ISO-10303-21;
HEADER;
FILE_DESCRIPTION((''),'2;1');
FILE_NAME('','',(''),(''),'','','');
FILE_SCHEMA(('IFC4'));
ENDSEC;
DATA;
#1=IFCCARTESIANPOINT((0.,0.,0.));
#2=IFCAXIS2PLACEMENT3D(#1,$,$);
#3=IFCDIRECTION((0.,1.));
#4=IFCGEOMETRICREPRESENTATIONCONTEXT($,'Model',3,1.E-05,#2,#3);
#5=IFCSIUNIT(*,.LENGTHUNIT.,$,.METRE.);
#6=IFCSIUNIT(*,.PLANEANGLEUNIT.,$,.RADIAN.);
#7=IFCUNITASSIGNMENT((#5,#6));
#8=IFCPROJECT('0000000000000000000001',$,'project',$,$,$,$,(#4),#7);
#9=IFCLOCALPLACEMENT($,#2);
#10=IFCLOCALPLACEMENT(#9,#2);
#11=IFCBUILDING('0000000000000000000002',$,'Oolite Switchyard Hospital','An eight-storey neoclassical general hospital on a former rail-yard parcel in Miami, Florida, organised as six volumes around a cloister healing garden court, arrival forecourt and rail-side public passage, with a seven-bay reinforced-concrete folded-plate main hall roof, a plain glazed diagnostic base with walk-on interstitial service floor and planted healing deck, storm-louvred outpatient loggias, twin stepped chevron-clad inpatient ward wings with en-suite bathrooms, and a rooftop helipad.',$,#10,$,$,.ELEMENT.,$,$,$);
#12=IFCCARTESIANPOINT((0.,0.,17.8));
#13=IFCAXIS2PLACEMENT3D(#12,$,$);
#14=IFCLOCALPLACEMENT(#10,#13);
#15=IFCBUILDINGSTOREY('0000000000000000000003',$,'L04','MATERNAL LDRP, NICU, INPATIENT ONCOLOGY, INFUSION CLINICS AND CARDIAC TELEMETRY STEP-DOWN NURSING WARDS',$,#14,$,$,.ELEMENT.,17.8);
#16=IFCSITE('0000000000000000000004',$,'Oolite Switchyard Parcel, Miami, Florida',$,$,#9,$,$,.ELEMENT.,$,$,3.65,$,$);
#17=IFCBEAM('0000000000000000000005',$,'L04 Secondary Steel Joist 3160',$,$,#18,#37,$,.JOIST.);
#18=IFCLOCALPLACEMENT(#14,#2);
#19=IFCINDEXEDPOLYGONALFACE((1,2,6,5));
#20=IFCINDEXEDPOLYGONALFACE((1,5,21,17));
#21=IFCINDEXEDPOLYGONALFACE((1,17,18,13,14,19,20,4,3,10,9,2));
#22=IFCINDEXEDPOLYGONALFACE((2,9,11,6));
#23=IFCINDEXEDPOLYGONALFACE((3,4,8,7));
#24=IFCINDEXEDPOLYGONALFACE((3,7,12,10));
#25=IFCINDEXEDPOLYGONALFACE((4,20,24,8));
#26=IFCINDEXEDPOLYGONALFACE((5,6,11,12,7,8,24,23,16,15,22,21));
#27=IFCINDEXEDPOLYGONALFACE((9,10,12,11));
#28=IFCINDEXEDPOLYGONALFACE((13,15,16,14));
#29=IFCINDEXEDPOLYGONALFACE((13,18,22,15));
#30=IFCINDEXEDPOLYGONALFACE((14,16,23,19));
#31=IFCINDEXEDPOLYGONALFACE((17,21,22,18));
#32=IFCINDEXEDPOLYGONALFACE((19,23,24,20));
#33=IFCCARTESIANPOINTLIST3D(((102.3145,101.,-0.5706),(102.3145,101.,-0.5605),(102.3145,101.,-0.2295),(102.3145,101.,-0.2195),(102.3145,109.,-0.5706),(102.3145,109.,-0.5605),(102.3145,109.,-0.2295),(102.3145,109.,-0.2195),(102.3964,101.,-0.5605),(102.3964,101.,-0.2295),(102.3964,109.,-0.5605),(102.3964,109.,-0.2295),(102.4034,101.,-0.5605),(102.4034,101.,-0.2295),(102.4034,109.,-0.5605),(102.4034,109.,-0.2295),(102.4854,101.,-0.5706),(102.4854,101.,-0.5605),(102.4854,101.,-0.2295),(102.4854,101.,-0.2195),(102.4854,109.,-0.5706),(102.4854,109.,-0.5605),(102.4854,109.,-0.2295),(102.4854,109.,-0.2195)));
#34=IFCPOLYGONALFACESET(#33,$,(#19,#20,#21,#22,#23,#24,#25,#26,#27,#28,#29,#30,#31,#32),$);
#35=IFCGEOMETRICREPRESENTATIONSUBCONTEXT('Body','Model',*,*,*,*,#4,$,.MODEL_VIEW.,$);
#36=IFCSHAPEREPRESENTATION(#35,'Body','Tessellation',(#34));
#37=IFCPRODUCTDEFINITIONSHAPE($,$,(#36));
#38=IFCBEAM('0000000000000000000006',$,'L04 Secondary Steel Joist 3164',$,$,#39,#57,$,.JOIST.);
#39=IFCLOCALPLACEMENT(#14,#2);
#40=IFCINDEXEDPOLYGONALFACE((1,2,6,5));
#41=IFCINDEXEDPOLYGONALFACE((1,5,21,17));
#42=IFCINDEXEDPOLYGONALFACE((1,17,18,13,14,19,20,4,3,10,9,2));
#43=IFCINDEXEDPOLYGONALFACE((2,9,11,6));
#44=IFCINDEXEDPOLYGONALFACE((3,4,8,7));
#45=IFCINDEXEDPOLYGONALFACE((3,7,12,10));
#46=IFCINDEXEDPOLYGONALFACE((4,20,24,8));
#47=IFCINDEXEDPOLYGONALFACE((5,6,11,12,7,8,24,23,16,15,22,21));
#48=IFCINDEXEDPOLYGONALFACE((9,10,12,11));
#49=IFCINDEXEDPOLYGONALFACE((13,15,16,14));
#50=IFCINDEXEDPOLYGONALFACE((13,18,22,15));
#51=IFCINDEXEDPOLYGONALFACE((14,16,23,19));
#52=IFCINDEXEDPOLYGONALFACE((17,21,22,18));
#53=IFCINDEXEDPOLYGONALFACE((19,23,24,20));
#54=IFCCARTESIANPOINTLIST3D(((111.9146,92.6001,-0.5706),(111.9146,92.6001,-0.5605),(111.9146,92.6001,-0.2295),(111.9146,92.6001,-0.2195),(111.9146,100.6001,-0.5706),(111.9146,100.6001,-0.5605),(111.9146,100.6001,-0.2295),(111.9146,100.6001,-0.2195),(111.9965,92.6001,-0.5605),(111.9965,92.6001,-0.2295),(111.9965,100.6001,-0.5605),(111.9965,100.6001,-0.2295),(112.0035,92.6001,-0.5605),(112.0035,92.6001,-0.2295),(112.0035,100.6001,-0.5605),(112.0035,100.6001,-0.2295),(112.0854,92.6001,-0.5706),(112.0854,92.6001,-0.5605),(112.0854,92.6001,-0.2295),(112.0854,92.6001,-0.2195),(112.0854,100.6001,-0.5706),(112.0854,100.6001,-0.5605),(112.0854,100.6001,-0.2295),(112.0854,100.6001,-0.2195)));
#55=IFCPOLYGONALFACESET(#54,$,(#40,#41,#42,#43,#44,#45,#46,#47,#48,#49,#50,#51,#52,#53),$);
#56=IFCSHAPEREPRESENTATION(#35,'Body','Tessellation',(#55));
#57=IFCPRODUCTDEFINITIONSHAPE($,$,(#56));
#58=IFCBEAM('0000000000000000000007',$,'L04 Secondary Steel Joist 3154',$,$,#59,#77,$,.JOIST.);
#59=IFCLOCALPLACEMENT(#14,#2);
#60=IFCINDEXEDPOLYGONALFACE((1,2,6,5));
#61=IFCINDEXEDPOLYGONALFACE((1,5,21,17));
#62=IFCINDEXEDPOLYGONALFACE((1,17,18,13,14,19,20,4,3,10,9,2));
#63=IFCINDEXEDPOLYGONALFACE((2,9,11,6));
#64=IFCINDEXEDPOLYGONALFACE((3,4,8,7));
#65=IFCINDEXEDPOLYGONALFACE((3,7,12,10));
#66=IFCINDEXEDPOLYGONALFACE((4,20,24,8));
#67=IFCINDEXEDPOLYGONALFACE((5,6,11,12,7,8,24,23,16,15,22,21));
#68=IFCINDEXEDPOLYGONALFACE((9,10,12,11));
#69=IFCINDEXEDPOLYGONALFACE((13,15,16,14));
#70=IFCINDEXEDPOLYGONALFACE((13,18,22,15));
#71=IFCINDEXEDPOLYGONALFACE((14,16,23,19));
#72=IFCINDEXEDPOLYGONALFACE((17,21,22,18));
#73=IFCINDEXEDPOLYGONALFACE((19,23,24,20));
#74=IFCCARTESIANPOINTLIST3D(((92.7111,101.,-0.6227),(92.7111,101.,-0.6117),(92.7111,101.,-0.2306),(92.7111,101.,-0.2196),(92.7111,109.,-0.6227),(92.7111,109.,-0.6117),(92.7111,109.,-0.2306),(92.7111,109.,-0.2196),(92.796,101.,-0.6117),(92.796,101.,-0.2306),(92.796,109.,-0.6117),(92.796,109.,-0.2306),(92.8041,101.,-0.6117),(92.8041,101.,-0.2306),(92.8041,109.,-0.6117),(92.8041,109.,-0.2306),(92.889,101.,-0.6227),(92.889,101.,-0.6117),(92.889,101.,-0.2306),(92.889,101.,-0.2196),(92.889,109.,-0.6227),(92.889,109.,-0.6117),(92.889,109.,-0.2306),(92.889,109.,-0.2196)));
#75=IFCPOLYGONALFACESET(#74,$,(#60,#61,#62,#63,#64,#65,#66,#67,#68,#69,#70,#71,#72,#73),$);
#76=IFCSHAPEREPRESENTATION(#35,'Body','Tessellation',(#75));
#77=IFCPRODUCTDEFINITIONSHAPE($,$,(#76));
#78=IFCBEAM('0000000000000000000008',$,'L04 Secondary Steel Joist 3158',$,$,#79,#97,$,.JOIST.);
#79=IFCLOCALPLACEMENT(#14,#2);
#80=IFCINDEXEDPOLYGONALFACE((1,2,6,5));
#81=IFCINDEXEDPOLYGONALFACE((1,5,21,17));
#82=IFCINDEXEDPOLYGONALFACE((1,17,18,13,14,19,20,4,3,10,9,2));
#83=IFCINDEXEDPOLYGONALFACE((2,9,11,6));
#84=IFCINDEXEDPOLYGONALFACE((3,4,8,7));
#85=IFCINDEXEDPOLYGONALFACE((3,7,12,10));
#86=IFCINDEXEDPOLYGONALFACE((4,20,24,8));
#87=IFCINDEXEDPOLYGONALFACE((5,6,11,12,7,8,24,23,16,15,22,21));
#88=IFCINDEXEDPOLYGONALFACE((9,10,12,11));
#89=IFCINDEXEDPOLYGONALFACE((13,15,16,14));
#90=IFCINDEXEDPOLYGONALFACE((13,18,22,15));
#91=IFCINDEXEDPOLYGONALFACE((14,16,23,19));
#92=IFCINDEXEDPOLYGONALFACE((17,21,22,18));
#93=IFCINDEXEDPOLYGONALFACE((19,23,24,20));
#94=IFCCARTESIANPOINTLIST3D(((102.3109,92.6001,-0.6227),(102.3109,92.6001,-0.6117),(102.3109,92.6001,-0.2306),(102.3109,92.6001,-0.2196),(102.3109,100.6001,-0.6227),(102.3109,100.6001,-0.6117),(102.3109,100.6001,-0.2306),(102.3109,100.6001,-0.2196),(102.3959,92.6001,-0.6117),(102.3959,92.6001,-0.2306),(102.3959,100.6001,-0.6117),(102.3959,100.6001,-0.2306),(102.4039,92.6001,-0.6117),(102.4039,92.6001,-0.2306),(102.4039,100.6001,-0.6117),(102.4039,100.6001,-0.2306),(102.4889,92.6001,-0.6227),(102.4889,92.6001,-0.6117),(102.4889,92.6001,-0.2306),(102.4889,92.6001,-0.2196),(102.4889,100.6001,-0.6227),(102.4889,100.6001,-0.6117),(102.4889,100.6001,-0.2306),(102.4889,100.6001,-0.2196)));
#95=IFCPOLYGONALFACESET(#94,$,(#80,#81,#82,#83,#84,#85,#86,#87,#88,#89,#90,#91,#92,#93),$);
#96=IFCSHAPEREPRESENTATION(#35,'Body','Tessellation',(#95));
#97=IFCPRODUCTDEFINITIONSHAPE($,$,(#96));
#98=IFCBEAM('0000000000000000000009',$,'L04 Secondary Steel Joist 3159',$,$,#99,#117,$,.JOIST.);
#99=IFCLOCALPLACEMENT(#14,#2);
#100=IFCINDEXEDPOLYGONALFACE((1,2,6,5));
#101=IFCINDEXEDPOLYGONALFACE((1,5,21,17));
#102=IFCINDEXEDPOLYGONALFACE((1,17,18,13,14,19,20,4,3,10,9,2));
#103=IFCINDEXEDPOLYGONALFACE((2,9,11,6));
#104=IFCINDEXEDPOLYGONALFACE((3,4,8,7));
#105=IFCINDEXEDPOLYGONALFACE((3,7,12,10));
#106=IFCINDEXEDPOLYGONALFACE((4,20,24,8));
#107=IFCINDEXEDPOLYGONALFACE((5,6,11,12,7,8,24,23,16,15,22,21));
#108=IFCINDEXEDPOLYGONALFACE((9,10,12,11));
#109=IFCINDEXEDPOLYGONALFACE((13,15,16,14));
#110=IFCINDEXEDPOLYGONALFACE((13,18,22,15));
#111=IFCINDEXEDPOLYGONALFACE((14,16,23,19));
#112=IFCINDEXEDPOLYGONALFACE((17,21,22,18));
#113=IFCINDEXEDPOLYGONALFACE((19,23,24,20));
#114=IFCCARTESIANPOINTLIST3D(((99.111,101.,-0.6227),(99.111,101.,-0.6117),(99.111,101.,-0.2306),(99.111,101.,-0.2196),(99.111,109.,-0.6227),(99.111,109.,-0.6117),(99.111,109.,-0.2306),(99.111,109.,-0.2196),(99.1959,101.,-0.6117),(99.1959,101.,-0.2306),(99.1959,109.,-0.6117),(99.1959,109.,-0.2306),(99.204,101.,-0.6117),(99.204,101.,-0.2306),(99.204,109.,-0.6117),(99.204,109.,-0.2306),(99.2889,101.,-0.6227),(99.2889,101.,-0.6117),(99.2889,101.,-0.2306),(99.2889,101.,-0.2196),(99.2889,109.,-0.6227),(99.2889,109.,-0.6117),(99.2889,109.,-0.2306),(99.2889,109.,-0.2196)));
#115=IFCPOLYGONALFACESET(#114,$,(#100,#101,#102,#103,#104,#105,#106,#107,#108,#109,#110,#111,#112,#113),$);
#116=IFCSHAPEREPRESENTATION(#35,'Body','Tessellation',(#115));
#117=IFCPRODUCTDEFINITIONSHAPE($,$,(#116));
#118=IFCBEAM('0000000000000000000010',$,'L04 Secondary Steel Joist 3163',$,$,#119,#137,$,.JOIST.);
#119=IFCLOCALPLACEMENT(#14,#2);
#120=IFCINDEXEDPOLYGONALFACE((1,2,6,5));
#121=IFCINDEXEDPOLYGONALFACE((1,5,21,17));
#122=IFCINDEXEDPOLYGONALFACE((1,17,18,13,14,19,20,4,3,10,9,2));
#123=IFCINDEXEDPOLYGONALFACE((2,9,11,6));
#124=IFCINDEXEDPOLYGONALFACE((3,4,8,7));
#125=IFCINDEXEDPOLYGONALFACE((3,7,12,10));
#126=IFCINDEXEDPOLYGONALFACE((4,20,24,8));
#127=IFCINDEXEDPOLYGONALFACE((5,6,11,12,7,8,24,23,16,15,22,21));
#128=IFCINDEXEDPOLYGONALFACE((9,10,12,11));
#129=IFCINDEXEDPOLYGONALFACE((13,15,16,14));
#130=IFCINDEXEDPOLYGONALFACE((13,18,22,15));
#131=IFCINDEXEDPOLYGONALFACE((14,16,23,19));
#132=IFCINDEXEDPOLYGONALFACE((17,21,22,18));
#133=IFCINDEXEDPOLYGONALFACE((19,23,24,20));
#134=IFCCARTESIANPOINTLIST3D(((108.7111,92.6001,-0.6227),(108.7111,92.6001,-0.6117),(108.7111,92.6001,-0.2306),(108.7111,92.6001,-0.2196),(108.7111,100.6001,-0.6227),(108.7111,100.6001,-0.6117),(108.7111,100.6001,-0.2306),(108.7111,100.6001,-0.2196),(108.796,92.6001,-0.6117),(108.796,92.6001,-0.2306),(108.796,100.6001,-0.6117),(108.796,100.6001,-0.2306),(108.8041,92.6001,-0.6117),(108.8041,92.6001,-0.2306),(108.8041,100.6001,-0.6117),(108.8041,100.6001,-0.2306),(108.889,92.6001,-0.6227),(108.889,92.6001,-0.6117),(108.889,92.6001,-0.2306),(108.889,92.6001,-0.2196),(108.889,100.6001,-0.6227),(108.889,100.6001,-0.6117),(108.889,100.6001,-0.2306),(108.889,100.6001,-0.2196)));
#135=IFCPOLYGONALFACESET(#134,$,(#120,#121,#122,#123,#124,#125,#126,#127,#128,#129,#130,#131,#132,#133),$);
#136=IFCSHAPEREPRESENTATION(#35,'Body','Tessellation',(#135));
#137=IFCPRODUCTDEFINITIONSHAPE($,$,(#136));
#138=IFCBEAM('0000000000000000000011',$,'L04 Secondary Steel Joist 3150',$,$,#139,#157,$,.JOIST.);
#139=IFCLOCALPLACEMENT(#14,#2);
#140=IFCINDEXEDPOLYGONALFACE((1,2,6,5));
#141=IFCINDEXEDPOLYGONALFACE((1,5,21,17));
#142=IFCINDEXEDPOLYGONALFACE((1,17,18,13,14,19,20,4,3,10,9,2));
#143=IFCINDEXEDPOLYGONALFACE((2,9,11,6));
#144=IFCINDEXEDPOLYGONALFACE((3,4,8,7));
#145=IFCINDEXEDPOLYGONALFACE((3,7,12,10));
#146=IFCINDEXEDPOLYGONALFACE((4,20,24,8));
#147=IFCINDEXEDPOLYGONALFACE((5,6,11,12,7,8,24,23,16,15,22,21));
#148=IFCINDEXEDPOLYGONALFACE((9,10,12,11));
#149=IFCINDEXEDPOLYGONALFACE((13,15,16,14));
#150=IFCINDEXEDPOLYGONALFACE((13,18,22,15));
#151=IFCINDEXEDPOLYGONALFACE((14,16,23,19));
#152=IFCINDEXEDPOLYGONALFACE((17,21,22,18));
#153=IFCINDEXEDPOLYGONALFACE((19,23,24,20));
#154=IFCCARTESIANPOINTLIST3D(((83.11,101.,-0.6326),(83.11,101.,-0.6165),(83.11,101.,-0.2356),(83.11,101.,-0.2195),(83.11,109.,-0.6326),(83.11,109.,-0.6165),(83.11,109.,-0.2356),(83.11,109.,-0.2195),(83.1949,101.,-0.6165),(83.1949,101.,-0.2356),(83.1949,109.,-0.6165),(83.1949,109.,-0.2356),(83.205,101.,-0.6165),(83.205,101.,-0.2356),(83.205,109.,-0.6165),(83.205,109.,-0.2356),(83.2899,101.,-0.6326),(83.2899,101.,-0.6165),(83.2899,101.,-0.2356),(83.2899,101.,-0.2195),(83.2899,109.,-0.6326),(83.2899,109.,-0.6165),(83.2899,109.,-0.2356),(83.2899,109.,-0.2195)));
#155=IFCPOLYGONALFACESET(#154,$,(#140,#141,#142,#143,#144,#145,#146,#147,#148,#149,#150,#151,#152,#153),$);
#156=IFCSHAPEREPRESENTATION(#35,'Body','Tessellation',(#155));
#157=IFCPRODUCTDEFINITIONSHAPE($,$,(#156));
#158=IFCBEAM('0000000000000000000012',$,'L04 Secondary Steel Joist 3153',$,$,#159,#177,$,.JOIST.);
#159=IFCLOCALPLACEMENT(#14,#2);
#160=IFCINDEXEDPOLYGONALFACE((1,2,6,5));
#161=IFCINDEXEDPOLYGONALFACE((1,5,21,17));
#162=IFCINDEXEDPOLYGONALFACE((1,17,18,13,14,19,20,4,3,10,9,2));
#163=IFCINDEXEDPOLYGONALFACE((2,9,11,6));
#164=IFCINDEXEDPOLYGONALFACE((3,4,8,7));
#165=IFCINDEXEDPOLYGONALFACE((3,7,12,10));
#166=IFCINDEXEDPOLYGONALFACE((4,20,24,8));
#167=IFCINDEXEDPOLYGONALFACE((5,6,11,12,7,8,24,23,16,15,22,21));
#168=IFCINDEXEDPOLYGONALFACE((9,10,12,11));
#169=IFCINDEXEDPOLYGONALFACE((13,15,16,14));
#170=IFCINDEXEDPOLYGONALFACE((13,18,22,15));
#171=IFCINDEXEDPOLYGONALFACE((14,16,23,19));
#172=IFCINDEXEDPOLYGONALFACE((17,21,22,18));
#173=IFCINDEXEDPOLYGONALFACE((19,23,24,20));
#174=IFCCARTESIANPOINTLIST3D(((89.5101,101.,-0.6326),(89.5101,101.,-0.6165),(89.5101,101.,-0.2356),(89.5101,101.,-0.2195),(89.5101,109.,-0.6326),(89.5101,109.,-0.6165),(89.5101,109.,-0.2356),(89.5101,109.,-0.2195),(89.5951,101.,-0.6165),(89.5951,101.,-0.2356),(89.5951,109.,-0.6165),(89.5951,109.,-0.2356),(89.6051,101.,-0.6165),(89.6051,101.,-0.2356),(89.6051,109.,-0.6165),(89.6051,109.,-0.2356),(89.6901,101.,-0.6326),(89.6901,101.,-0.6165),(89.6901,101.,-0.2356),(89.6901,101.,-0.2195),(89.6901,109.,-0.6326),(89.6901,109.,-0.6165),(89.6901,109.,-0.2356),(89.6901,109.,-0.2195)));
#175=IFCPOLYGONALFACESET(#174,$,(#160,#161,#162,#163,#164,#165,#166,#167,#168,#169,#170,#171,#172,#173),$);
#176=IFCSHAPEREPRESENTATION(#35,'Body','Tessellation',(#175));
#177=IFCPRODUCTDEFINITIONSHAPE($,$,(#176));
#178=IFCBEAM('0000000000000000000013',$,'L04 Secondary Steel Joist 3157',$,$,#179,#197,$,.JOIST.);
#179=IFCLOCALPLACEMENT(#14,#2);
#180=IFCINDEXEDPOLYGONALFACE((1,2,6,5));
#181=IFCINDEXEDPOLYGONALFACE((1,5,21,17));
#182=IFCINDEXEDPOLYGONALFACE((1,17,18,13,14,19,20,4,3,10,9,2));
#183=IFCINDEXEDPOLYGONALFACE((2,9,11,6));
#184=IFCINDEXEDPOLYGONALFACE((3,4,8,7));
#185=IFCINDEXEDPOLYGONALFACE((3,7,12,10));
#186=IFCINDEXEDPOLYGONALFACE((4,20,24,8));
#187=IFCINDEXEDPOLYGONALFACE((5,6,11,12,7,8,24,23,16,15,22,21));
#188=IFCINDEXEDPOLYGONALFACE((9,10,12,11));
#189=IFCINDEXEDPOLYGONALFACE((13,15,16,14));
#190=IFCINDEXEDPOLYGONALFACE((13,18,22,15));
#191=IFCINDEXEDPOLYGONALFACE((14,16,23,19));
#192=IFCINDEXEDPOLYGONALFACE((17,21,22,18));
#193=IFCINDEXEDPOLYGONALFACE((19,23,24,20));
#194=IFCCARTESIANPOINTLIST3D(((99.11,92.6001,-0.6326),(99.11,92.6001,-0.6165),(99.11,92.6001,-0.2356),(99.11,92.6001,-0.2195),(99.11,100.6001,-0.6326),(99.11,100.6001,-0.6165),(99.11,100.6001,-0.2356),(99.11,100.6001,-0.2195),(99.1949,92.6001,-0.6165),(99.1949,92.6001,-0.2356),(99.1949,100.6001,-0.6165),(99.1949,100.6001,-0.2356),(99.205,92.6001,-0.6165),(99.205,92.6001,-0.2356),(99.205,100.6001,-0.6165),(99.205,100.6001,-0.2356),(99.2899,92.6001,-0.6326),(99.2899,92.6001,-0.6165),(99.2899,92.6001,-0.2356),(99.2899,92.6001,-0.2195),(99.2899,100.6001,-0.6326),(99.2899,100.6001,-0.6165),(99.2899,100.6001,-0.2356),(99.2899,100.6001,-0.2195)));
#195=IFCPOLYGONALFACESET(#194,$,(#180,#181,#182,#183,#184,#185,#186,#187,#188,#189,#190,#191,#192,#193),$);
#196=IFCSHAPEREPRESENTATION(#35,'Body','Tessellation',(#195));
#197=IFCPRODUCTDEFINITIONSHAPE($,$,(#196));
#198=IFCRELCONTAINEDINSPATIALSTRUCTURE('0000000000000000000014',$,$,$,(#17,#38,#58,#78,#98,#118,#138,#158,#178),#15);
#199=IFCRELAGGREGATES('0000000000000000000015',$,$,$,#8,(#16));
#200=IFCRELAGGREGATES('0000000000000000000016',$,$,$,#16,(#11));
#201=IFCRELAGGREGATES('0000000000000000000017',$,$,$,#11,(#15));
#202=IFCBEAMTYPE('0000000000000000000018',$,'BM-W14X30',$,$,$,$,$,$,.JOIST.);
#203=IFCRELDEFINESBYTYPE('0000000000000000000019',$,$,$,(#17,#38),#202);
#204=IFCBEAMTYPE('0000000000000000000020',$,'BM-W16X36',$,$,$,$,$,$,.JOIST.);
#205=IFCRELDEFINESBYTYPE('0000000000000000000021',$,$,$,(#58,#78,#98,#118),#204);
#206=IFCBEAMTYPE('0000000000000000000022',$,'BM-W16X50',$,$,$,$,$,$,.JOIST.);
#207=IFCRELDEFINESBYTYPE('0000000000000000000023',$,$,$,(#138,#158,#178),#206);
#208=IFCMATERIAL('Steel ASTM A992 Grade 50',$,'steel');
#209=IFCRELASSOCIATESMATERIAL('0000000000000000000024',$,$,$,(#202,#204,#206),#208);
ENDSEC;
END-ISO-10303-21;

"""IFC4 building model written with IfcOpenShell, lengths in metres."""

from ifc_helpers import new_model, si_unit, direction, frame, origin, origin_2d, place, context, subcontext, project, spatial, i_section, extrude, material, material_profile, profile_set, type_object, element, save


model = new_model("IFC4")

# Units and contexts
model_context = context("Model", 3, precision=1e-05, world=origin(), true_north=direction((0.0, 1.0)))
body_context = subcontext(model_context, "Body", "Model", "MODEL_VIEW")
ifc_project = project(units=[si_unit("LENGTHUNIT", "METRE"), si_unit("PLANEANGLEUNIT", "RADIAN")], contexts=[model_context])

# Site, building, storey
site_placement = place(None, origin())
site = spatial("IfcSite", under=ifc_project, at=site_placement, Name="Oolite Switchyard Parcel, Miami, Florida", CompositionType="ELEMENT", RefElevation=3.65)
building_placement = place(site_placement, origin())
building = spatial("IfcBuilding", under=site, at=building_placement, Name="Oolite Switchyard Hospital", Description="An eight-storey neoclassical general hospital on a former rail-yard parcel in Miami, Florida, organised as six volumes around a cloister healing garden court, arrival forecourt and rail-side public passage, with a seven-bay reinforced-concrete folded-plate main hall roof, a plain glazed diagnostic base with walk-on interstitial service floor and planted healing deck, storm-louvred outpatient loggias, twin stepped chevron-clad inpatient ward wings with en-suite bathrooms, and a rooftop helipad.", CompositionType="ELEMENT")
storey_placement = place(building_placement, frame((0.0, 0.0, 17.8)))
storey = spatial("IfcBuildingStorey", under=building, at=storey_placement, Name="L04", Description="MATERNAL LDRP, NICU, INPATIENT ONCOLOGY, INFUSION CLINICS AND CARDIAC TELEMETRY STEP-DOWN NURSING WARDS", CompositionType="ELEMENT", Elevation=17.8)

# Beams
ifc_material_1 = material(Name="Steel ASTM A992 Grade 50", Category="steel")
ifc_material_profile_1 = material_profile(ifc_material_1, i_section(OverallWidth=0.1709, OverallDepth=0.3511, WebThickness=0.0071, FlangeThickness=0.01, at=origin_2d()), Name="W14X30")
ifc_profile_set_1 = profile_set([ifc_material_profile_1], Name="Steel ASTM A992 Grade 50")
beam_type_1 = type_object("IfcBeamType", Name="BM-W14X30", PredefinedType="JOIST", material=ifc_profile_set_1)
for number, where, z_axis, x_axis, name in (
    (1, (102.3999, 101.0, -0.395), (0.0, 1.0, 0.0), (-1.0, 0.0, 0.0), "L04 Secondary Steel Joist 3160"),
    (2, (112.0, 92.6001, -0.395), (0.0, 1.0, 0.0), (-1.0, 0.0, 0.0), "L04 Secondary Steel Joist 3164"),
):
    element("IfcBeam", number, at=place(storey_placement, frame(where, z_axis=z_axis, x_axis=x_axis)), inside=storey, type_object=beam_type_1, Name=name, PredefinedType="JOIST", context=body_context, shape_type="SweptSolid", body=[
        extrude(i_section(OverallWidth=0.1709, OverallDepth=0.3511, WebThickness=0.0071, FlangeThickness=0.01, at=origin_2d()), origin(), (0.0, 0.0, 1.0), 8.0),
    ])
ifc_material_profile_2 = material_profile(ifc_material_1, i_section(OverallWidth=0.178, OverallDepth=0.4031, WebThickness=0.0081, FlangeThickness=0.011, at=origin_2d()), Name="W16X36")
ifc_profile_set_2 = profile_set([ifc_material_profile_2], Name="Steel ASTM A992 Grade 50")
beam_type_2 = type_object("IfcBeamType", Name="BM-W16X36", PredefinedType="JOIST", material=ifc_profile_set_2)
for number, where, z_axis, x_axis, name in (
    (3, (92.8, 101.0, -0.4211), (0.0, 1.0, 0.0), (-1.0, 0.0, 0.0), "L04 Secondary Steel Joist 3154"),
    (4, (102.3999, 92.6001, -0.4211), (0.0, 1.0, 0.0), (-1.0, 0.0, 0.0), "L04 Secondary Steel Joist 3158"),
    (5, (99.2, 101.0, -0.4211), (0.0, 1.0, 0.0), (-1.0, 0.0, 0.0), "L04 Secondary Steel Joist 3159"),
    (6, (108.8, 92.6001, -0.4211), (0.0, 1.0, 0.0), (-1.0, 0.0, 0.0), "L04 Secondary Steel Joist 3163"),
):
    element("IfcBeam", number, at=place(storey_placement, frame(where, z_axis=z_axis, x_axis=x_axis)), inside=storey, type_object=beam_type_2, Name=name, PredefinedType="JOIST", context=body_context, shape_type="SweptSolid", body=[
        extrude(i_section(OverallWidth=0.178, OverallDepth=0.4031, WebThickness=0.0081, FlangeThickness=0.011, at=origin_2d()), origin(), (0.0, 0.0, 1.0), 8.0),
    ])
ifc_material_profile_3 = material_profile(ifc_material_1, i_section(OverallWidth=0.1799, OverallDepth=0.4131, WebThickness=0.01, FlangeThickness=0.0161, at=origin_2d()), Name="W16X50")
ifc_profile_set_3 = profile_set([ifc_material_profile_3], Name="Steel ASTM A992 Grade 50")
beam_type_3 = type_object("IfcBeamType", Name="BM-W16X50", PredefinedType="JOIST", material=ifc_profile_set_3)
for number, where, z_axis, x_axis, name in (
    (7, (83.2, 101.0, -0.426), (0.0, 1.0, 0.0), (-1.0, 0.0, 0.0), "L04 Secondary Steel Joist 3150"),
    (8, (89.6001, 101.0, -0.426), (0.0, 1.0, 0.0), (-1.0, 0.0, 0.0), "L04 Secondary Steel Joist 3153"),
    (9, (99.2, 92.6001, -0.426), (0.0, 1.0, 0.0), (-1.0, 0.0, 0.0), "L04 Secondary Steel Joist 3157"),
):
    element("IfcBeam", number, at=place(storey_placement, frame(where, z_axis=z_axis, x_axis=x_axis)), inside=storey, type_object=beam_type_3, Name=name, PredefinedType="JOIST", context=body_context, shape_type="SweptSolid", body=[
        extrude(i_section(OverallWidth=0.1799, OverallDepth=0.4131, WebThickness=0.01, FlangeThickness=0.0161, at=origin_2d()), origin(), (0.0, 0.0, 1.0), 8.0),
    ])

save(model, "model.ifc")
